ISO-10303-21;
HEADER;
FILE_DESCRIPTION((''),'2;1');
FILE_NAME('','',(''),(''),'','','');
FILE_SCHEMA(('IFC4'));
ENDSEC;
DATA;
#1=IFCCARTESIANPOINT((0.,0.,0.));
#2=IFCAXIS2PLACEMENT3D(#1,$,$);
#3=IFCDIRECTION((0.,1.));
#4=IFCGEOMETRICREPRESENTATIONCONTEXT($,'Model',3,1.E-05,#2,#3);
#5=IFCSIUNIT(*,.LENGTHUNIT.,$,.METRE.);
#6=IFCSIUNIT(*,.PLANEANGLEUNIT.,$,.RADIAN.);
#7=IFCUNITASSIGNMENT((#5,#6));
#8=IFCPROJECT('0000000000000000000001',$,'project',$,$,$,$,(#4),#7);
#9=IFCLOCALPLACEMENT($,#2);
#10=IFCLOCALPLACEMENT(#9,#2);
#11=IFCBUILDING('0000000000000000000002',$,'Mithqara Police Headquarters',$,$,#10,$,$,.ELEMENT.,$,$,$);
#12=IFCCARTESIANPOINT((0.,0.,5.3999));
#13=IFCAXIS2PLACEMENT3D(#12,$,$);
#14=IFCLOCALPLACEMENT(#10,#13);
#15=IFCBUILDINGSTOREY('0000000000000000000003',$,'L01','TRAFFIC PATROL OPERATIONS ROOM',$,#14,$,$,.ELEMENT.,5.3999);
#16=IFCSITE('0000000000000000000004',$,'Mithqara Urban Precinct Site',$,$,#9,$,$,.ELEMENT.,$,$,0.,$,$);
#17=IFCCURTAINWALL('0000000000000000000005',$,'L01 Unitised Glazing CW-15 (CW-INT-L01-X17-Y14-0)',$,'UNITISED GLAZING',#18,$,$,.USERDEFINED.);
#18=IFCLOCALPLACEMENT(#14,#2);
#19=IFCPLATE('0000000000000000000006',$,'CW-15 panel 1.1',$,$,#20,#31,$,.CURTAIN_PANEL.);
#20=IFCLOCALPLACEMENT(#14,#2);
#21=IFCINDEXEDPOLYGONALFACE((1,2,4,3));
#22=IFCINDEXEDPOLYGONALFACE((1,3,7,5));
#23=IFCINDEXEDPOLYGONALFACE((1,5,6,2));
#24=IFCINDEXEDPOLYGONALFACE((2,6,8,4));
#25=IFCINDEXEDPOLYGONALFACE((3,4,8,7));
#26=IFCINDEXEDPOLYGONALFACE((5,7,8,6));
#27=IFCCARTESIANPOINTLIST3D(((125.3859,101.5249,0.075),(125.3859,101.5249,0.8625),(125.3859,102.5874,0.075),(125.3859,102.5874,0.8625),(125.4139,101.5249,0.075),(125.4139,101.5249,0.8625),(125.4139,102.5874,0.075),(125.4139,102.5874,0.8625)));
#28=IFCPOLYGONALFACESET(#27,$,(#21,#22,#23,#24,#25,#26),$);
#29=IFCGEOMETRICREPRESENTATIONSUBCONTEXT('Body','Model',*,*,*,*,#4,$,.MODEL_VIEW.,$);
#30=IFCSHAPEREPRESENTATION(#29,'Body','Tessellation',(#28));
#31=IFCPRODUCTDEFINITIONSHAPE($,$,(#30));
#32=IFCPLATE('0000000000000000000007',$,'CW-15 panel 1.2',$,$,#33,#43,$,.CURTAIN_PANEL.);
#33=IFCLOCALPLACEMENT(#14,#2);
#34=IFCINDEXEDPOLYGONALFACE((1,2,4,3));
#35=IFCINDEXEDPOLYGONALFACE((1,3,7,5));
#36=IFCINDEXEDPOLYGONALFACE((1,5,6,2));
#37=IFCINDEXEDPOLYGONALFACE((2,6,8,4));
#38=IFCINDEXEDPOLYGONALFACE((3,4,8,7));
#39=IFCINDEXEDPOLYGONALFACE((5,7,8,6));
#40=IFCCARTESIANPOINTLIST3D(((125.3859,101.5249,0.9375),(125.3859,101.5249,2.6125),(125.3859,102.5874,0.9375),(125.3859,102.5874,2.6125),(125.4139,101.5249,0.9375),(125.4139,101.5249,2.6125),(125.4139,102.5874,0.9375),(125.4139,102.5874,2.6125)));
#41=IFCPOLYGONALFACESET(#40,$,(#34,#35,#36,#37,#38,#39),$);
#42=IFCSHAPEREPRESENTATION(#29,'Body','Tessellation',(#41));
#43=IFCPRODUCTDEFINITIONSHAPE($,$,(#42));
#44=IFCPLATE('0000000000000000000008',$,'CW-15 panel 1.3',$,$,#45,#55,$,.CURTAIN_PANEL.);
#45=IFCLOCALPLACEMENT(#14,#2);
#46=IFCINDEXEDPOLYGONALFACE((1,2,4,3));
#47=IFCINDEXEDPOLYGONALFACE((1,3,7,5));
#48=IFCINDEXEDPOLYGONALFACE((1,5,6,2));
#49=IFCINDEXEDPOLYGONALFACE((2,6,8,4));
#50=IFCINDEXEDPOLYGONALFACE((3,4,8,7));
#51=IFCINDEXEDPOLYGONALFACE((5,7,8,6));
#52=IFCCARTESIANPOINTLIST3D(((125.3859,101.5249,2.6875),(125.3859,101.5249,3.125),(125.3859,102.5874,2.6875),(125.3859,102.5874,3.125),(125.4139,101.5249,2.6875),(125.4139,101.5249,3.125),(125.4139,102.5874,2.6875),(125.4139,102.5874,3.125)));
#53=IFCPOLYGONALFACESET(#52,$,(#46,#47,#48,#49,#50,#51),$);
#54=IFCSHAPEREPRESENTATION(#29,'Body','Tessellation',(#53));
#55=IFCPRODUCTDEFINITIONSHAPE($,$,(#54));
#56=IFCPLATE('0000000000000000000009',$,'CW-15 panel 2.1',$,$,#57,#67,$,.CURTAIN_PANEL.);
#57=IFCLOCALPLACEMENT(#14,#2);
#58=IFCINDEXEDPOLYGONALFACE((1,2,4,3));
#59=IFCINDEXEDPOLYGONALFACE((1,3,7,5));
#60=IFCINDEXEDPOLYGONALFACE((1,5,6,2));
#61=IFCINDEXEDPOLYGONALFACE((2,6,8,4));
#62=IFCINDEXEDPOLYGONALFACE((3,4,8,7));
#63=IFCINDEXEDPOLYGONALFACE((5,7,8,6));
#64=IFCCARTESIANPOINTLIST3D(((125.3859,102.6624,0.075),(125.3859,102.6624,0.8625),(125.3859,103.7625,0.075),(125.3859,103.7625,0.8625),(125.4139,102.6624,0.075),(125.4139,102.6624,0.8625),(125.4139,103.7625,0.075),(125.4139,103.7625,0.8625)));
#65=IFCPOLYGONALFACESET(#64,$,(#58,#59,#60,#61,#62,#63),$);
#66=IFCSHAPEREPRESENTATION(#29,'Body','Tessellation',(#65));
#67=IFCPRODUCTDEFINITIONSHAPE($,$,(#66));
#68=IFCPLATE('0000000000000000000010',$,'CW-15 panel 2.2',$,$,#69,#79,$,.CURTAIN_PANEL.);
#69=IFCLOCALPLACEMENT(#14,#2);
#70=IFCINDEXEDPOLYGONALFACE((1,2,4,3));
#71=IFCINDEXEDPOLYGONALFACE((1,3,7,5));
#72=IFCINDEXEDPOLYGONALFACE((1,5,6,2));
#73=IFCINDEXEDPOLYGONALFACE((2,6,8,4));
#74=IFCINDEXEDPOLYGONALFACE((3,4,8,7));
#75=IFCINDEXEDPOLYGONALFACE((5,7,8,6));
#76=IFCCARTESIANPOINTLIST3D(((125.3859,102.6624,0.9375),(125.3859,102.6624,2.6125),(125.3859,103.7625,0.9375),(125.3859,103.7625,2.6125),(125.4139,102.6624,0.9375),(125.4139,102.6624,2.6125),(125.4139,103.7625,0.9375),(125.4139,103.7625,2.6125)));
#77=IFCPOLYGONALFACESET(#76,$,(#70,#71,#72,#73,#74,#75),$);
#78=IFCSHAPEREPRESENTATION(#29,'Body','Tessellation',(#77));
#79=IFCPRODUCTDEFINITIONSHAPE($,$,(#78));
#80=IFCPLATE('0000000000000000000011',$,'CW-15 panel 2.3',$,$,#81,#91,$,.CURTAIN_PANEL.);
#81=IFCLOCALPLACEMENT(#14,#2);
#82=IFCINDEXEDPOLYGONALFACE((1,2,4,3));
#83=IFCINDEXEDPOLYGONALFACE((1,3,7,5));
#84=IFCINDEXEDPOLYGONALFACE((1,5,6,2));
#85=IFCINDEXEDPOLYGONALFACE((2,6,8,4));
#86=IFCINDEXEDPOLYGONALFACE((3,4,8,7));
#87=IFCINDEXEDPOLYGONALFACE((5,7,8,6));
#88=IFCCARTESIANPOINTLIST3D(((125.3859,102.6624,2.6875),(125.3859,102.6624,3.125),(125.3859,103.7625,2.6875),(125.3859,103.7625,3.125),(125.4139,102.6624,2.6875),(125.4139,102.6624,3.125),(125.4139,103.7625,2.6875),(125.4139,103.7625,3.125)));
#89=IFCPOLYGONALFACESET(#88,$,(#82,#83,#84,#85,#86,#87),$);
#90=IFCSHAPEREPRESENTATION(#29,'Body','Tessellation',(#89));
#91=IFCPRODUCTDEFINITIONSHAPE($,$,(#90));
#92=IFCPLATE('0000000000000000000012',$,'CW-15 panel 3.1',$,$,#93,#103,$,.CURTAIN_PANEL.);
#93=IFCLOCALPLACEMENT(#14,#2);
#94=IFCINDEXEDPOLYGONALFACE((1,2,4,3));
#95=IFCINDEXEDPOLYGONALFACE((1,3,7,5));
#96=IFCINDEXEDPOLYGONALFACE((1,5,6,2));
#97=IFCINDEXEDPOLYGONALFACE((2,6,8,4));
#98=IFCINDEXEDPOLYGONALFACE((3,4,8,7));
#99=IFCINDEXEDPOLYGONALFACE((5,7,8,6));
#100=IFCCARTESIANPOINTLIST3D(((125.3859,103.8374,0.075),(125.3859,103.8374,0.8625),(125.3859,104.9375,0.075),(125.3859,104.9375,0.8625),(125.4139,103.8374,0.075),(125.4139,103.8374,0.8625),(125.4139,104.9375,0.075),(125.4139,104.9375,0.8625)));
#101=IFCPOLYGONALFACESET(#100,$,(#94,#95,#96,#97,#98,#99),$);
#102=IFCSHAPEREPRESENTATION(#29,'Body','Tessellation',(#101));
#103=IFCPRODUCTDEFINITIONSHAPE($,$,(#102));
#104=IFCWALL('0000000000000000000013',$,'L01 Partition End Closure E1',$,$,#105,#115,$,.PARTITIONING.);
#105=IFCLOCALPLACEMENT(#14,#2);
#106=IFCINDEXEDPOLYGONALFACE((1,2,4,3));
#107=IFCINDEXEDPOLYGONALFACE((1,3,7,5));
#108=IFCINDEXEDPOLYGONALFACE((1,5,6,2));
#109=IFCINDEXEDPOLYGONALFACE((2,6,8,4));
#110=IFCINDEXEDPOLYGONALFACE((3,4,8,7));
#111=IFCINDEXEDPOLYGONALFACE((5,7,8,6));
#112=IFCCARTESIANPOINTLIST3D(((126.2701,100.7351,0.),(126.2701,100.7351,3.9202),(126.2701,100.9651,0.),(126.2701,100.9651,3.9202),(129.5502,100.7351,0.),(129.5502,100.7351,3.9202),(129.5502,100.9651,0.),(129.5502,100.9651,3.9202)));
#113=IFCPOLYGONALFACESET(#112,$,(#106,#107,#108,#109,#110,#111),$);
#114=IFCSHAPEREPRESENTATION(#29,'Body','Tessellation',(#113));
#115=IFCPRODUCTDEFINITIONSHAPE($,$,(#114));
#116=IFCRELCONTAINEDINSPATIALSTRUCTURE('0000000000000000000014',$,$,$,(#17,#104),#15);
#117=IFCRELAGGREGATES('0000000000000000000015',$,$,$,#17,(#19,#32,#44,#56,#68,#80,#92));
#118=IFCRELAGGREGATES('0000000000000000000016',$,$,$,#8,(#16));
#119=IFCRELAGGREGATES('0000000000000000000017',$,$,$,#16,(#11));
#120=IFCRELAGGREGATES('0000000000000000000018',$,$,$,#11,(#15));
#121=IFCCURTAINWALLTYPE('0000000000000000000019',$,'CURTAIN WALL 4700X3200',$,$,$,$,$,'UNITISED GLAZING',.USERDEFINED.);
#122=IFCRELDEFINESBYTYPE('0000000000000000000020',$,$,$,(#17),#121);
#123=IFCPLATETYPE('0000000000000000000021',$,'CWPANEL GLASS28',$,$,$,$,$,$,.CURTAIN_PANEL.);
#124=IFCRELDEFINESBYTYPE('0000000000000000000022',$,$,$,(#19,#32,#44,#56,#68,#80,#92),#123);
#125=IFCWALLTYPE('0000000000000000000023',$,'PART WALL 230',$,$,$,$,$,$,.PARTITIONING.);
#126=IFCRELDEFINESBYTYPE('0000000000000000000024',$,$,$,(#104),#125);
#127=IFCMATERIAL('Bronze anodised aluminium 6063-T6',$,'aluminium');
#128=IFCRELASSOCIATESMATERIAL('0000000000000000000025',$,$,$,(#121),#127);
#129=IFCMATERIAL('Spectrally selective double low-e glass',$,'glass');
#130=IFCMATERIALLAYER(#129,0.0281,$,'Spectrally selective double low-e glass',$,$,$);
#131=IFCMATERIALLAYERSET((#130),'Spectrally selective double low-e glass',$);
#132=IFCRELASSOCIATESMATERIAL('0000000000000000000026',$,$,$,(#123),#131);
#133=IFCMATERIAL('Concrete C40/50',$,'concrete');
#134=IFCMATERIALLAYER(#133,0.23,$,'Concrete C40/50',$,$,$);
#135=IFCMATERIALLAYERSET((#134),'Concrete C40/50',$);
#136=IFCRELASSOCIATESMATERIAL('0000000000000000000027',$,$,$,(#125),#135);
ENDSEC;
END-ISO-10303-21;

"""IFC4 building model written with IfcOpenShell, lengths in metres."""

from ifc_helpers import new_model, si_unit, direction, frame, frame_2d, origin, origin_2d, place, context, subcontext, project, spatial, rectangle, extrude, material, layer, layer_set, type_object, element, aggregate, save


model = new_model("IFC4")

# Units and contexts
model_context = context("Model", 3, precision=1e-05, world=origin(), true_north=direction((0.0, 1.0)))
body_context = subcontext(model_context, "Body", "Model", "MODEL_VIEW")
ifc_project = project(units=[si_unit("LENGTHUNIT", "METRE"), si_unit("PLANEANGLEUNIT", "RADIAN")], contexts=[model_context])

# Site, building, storey
site_placement = place(None, origin())
site = spatial("IfcSite", under=ifc_project, at=site_placement, Name="Mithqara Urban Precinct Site", CompositionType="ELEMENT", RefElevation=0.0)
building_placement = place(site_placement, origin())
building = spatial("IfcBuilding", under=site, at=building_placement, Name="Mithqara Police Headquarters", CompositionType="ELEMENT")
storey_placement = place(building_placement, frame((0.0, 0.0, 5.3999)))
storey = spatial("IfcBuildingStorey", under=building, at=storey_placement, Name="L01", Description="TRAFFIC PATROL OPERATIONS ROOM", CompositionType="ELEMENT", Elevation=5.3999)

# Curtain wall, plates
ifc_material_1 = material(Name="Bronze anodised aluminium 6063-T6", Category="aluminium")
curtain_wall_type = type_object("IfcCurtainWallType", Name="CURTAIN WALL 4700X3200", ElementType="UNITISED GLAZING", PredefinedType="USERDEFINED", material=ifc_material_1)
curtain_wall_placement = place(storey_placement, origin())
curtain_wall = element("IfcCurtainWall", 1, at=curtain_wall_placement, inside=storey, type_object=curtain_wall_type, Name="L01 Unitised Glazing CW-15 (CW-INT-L01-X17-Y14-0)", ObjectType="UNITISED GLAZING", PredefinedType="USERDEFINED")
ifc_material_2 = material(Name="Spectrally selective double low-e glass", Category="glass")
ifc_layer_1 = layer(ifc_material_2, 0.0281, Name="Spectrally selective double low-e glass")
ifc_layer_set_1 = layer_set([ifc_layer_1], Name="Spectrally selective double low-e glass")
plate_type = type_object("IfcPlateType", Name="CWPANEL GLASS28", PredefinedType="CURTAIN_PANEL", material=ifc_layer_set_1)
plate_1_placement = place(storey_placement, frame((125.3999, 102.0562, 0.075), z_axis=(0.0, 0.0, 1.0), x_axis=(0.0, 1.0, 0.0)))
plate_1 = element("IfcPlate", 2, at=plate_1_placement, type_object=plate_type, Name="CW-15 panel 1.1", PredefinedType="CURTAIN_PANEL", context=body_context, shape_type="SweptSolid", body=[
    extrude(rectangle(XDim=1.0625, YDim=0.0281, at=origin_2d()), origin(), (0.0, 0.0, 1.0), 0.7876),
])
plate_2_placement = place(storey_placement, frame((125.3999, 102.0562, 0.9375), z_axis=(0.0, 0.0, 1.0), x_axis=(0.0, 1.0, 0.0)))
plate_2 = element("IfcPlate", 3, at=plate_2_placement, type_object=plate_type, Name="CW-15 panel 1.2", PredefinedType="CURTAIN_PANEL", context=body_context, shape_type="SweptSolid", body=[
    extrude(rectangle(XDim=1.0625, YDim=0.0281, at=origin_2d()), origin(), (0.0, 0.0, 1.0), 1.675),
])
plate_3_placement = place(storey_placement, frame((125.3999, 102.0562, 2.6875), z_axis=(0.0, 0.0, 1.0), x_axis=(0.0, 1.0, 0.0)))
plate_3 = element("IfcPlate", 4, at=plate_3_placement, type_object=plate_type, Name="CW-15 panel 1.3", PredefinedType="CURTAIN_PANEL", context=body_context, shape_type="SweptSolid", body=[
    extrude(rectangle(XDim=1.0625, YDim=0.0281, at=origin_2d()), origin(), (0.0, 0.0, 1.0), 0.4375),
])
plate_4_placement = place(storey_placement, frame((125.3999, 103.2124, 0.075), z_axis=(0.0, 0.0, 1.0), x_axis=(0.0, 1.0, 0.0)))
plate_4 = element("IfcPlate", 5, at=plate_4_placement, type_object=plate_type, Name="CW-15 panel 2.1", PredefinedType="CURTAIN_PANEL", context=body_context, shape_type="SweptSolid", body=[
    extrude(rectangle(XDim=1.1001, YDim=0.0281, at=origin_2d()), origin(), (0.0, 0.0, 1.0), 0.7876),
])
plate_5_placement = place(storey_placement, frame((125.3999, 103.2124, 0.9375), z_axis=(0.0, 0.0, 1.0), x_axis=(0.0, 1.0, 0.0)))
plate_5 = element("IfcPlate", 6, at=plate_5_placement, type_object=plate_type, Name="CW-15 panel 2.2", PredefinedType="CURTAIN_PANEL", context=body_context, shape_type="SweptSolid", body=[
    extrude(rectangle(XDim=1.1001, YDim=0.0281, at=origin_2d()), origin(), (0.0, 0.0, 1.0), 1.675),
])
plate_6_placement = place(storey_placement, frame((125.3999, 103.2124, 2.6875), z_axis=(0.0, 0.0, 1.0), x_axis=(0.0, 1.0, 0.0)))
plate_6 = element("IfcPlate", 7, at=plate_6_placement, type_object=plate_type, Name="CW-15 panel 2.3", PredefinedType="CURTAIN_PANEL", context=body_context, shape_type="SweptSolid", body=[
    extrude(rectangle(XDim=1.1001, YDim=0.0281, at=origin_2d()), origin(), (0.0, 0.0, 1.0), 0.4375),
])
plate_7_placement = place(storey_placement, frame((125.3999, 104.3875, 0.075), z_axis=(0.0, 0.0, 1.0), x_axis=(0.0, 1.0, 0.0)))
plate_7 = element("IfcPlate", 8, at=plate_7_placement, type_object=plate_type, Name="CW-15 panel 3.1", PredefinedType="CURTAIN_PANEL", context=body_context, shape_type="SweptSolid", body=[
    extrude(rectangle(XDim=1.1001, YDim=0.0281, at=origin_2d()), origin(), (0.0, 0.0, 1.0), 0.7876),
])
aggregate(curtain_wall, [plate_1, plate_2, plate_3, plate_4, plate_5, plate_6, plate_7])

# Wall
ifc_material_3 = material(Name="Concrete C40/50", Category="concrete")
ifc_layer_2 = layer(ifc_material_3, 0.23, Name="Concrete C40/50")
ifc_layer_set_2 = layer_set([ifc_layer_2], Name="Concrete C40/50")
wall_type = type_object("IfcWallType", Name="PART WALL 230", PredefinedType="PARTITIONING", material=ifc_layer_set_2)
wall_placement = place(storey_placement, frame((126.27, 100.8501, 0.0), z_axis=(0.0, 0.0, 1.0), x_axis=(1.0, 0.0, 0.0)))
element("IfcWall", 9, at=wall_placement, inside=storey, type_object=wall_type, Name="L01 Partition End Closure E1", PredefinedType="PARTITIONING", context=body_context, shape_type="SweptSolid", body=[
    extrude(rectangle(XDim=3.28, YDim=0.23, at=frame_2d((1.6401, 0.0))), origin(), (0.0, 0.0, 1.0), 3.9202),
])

save(model, "model.ifc")
